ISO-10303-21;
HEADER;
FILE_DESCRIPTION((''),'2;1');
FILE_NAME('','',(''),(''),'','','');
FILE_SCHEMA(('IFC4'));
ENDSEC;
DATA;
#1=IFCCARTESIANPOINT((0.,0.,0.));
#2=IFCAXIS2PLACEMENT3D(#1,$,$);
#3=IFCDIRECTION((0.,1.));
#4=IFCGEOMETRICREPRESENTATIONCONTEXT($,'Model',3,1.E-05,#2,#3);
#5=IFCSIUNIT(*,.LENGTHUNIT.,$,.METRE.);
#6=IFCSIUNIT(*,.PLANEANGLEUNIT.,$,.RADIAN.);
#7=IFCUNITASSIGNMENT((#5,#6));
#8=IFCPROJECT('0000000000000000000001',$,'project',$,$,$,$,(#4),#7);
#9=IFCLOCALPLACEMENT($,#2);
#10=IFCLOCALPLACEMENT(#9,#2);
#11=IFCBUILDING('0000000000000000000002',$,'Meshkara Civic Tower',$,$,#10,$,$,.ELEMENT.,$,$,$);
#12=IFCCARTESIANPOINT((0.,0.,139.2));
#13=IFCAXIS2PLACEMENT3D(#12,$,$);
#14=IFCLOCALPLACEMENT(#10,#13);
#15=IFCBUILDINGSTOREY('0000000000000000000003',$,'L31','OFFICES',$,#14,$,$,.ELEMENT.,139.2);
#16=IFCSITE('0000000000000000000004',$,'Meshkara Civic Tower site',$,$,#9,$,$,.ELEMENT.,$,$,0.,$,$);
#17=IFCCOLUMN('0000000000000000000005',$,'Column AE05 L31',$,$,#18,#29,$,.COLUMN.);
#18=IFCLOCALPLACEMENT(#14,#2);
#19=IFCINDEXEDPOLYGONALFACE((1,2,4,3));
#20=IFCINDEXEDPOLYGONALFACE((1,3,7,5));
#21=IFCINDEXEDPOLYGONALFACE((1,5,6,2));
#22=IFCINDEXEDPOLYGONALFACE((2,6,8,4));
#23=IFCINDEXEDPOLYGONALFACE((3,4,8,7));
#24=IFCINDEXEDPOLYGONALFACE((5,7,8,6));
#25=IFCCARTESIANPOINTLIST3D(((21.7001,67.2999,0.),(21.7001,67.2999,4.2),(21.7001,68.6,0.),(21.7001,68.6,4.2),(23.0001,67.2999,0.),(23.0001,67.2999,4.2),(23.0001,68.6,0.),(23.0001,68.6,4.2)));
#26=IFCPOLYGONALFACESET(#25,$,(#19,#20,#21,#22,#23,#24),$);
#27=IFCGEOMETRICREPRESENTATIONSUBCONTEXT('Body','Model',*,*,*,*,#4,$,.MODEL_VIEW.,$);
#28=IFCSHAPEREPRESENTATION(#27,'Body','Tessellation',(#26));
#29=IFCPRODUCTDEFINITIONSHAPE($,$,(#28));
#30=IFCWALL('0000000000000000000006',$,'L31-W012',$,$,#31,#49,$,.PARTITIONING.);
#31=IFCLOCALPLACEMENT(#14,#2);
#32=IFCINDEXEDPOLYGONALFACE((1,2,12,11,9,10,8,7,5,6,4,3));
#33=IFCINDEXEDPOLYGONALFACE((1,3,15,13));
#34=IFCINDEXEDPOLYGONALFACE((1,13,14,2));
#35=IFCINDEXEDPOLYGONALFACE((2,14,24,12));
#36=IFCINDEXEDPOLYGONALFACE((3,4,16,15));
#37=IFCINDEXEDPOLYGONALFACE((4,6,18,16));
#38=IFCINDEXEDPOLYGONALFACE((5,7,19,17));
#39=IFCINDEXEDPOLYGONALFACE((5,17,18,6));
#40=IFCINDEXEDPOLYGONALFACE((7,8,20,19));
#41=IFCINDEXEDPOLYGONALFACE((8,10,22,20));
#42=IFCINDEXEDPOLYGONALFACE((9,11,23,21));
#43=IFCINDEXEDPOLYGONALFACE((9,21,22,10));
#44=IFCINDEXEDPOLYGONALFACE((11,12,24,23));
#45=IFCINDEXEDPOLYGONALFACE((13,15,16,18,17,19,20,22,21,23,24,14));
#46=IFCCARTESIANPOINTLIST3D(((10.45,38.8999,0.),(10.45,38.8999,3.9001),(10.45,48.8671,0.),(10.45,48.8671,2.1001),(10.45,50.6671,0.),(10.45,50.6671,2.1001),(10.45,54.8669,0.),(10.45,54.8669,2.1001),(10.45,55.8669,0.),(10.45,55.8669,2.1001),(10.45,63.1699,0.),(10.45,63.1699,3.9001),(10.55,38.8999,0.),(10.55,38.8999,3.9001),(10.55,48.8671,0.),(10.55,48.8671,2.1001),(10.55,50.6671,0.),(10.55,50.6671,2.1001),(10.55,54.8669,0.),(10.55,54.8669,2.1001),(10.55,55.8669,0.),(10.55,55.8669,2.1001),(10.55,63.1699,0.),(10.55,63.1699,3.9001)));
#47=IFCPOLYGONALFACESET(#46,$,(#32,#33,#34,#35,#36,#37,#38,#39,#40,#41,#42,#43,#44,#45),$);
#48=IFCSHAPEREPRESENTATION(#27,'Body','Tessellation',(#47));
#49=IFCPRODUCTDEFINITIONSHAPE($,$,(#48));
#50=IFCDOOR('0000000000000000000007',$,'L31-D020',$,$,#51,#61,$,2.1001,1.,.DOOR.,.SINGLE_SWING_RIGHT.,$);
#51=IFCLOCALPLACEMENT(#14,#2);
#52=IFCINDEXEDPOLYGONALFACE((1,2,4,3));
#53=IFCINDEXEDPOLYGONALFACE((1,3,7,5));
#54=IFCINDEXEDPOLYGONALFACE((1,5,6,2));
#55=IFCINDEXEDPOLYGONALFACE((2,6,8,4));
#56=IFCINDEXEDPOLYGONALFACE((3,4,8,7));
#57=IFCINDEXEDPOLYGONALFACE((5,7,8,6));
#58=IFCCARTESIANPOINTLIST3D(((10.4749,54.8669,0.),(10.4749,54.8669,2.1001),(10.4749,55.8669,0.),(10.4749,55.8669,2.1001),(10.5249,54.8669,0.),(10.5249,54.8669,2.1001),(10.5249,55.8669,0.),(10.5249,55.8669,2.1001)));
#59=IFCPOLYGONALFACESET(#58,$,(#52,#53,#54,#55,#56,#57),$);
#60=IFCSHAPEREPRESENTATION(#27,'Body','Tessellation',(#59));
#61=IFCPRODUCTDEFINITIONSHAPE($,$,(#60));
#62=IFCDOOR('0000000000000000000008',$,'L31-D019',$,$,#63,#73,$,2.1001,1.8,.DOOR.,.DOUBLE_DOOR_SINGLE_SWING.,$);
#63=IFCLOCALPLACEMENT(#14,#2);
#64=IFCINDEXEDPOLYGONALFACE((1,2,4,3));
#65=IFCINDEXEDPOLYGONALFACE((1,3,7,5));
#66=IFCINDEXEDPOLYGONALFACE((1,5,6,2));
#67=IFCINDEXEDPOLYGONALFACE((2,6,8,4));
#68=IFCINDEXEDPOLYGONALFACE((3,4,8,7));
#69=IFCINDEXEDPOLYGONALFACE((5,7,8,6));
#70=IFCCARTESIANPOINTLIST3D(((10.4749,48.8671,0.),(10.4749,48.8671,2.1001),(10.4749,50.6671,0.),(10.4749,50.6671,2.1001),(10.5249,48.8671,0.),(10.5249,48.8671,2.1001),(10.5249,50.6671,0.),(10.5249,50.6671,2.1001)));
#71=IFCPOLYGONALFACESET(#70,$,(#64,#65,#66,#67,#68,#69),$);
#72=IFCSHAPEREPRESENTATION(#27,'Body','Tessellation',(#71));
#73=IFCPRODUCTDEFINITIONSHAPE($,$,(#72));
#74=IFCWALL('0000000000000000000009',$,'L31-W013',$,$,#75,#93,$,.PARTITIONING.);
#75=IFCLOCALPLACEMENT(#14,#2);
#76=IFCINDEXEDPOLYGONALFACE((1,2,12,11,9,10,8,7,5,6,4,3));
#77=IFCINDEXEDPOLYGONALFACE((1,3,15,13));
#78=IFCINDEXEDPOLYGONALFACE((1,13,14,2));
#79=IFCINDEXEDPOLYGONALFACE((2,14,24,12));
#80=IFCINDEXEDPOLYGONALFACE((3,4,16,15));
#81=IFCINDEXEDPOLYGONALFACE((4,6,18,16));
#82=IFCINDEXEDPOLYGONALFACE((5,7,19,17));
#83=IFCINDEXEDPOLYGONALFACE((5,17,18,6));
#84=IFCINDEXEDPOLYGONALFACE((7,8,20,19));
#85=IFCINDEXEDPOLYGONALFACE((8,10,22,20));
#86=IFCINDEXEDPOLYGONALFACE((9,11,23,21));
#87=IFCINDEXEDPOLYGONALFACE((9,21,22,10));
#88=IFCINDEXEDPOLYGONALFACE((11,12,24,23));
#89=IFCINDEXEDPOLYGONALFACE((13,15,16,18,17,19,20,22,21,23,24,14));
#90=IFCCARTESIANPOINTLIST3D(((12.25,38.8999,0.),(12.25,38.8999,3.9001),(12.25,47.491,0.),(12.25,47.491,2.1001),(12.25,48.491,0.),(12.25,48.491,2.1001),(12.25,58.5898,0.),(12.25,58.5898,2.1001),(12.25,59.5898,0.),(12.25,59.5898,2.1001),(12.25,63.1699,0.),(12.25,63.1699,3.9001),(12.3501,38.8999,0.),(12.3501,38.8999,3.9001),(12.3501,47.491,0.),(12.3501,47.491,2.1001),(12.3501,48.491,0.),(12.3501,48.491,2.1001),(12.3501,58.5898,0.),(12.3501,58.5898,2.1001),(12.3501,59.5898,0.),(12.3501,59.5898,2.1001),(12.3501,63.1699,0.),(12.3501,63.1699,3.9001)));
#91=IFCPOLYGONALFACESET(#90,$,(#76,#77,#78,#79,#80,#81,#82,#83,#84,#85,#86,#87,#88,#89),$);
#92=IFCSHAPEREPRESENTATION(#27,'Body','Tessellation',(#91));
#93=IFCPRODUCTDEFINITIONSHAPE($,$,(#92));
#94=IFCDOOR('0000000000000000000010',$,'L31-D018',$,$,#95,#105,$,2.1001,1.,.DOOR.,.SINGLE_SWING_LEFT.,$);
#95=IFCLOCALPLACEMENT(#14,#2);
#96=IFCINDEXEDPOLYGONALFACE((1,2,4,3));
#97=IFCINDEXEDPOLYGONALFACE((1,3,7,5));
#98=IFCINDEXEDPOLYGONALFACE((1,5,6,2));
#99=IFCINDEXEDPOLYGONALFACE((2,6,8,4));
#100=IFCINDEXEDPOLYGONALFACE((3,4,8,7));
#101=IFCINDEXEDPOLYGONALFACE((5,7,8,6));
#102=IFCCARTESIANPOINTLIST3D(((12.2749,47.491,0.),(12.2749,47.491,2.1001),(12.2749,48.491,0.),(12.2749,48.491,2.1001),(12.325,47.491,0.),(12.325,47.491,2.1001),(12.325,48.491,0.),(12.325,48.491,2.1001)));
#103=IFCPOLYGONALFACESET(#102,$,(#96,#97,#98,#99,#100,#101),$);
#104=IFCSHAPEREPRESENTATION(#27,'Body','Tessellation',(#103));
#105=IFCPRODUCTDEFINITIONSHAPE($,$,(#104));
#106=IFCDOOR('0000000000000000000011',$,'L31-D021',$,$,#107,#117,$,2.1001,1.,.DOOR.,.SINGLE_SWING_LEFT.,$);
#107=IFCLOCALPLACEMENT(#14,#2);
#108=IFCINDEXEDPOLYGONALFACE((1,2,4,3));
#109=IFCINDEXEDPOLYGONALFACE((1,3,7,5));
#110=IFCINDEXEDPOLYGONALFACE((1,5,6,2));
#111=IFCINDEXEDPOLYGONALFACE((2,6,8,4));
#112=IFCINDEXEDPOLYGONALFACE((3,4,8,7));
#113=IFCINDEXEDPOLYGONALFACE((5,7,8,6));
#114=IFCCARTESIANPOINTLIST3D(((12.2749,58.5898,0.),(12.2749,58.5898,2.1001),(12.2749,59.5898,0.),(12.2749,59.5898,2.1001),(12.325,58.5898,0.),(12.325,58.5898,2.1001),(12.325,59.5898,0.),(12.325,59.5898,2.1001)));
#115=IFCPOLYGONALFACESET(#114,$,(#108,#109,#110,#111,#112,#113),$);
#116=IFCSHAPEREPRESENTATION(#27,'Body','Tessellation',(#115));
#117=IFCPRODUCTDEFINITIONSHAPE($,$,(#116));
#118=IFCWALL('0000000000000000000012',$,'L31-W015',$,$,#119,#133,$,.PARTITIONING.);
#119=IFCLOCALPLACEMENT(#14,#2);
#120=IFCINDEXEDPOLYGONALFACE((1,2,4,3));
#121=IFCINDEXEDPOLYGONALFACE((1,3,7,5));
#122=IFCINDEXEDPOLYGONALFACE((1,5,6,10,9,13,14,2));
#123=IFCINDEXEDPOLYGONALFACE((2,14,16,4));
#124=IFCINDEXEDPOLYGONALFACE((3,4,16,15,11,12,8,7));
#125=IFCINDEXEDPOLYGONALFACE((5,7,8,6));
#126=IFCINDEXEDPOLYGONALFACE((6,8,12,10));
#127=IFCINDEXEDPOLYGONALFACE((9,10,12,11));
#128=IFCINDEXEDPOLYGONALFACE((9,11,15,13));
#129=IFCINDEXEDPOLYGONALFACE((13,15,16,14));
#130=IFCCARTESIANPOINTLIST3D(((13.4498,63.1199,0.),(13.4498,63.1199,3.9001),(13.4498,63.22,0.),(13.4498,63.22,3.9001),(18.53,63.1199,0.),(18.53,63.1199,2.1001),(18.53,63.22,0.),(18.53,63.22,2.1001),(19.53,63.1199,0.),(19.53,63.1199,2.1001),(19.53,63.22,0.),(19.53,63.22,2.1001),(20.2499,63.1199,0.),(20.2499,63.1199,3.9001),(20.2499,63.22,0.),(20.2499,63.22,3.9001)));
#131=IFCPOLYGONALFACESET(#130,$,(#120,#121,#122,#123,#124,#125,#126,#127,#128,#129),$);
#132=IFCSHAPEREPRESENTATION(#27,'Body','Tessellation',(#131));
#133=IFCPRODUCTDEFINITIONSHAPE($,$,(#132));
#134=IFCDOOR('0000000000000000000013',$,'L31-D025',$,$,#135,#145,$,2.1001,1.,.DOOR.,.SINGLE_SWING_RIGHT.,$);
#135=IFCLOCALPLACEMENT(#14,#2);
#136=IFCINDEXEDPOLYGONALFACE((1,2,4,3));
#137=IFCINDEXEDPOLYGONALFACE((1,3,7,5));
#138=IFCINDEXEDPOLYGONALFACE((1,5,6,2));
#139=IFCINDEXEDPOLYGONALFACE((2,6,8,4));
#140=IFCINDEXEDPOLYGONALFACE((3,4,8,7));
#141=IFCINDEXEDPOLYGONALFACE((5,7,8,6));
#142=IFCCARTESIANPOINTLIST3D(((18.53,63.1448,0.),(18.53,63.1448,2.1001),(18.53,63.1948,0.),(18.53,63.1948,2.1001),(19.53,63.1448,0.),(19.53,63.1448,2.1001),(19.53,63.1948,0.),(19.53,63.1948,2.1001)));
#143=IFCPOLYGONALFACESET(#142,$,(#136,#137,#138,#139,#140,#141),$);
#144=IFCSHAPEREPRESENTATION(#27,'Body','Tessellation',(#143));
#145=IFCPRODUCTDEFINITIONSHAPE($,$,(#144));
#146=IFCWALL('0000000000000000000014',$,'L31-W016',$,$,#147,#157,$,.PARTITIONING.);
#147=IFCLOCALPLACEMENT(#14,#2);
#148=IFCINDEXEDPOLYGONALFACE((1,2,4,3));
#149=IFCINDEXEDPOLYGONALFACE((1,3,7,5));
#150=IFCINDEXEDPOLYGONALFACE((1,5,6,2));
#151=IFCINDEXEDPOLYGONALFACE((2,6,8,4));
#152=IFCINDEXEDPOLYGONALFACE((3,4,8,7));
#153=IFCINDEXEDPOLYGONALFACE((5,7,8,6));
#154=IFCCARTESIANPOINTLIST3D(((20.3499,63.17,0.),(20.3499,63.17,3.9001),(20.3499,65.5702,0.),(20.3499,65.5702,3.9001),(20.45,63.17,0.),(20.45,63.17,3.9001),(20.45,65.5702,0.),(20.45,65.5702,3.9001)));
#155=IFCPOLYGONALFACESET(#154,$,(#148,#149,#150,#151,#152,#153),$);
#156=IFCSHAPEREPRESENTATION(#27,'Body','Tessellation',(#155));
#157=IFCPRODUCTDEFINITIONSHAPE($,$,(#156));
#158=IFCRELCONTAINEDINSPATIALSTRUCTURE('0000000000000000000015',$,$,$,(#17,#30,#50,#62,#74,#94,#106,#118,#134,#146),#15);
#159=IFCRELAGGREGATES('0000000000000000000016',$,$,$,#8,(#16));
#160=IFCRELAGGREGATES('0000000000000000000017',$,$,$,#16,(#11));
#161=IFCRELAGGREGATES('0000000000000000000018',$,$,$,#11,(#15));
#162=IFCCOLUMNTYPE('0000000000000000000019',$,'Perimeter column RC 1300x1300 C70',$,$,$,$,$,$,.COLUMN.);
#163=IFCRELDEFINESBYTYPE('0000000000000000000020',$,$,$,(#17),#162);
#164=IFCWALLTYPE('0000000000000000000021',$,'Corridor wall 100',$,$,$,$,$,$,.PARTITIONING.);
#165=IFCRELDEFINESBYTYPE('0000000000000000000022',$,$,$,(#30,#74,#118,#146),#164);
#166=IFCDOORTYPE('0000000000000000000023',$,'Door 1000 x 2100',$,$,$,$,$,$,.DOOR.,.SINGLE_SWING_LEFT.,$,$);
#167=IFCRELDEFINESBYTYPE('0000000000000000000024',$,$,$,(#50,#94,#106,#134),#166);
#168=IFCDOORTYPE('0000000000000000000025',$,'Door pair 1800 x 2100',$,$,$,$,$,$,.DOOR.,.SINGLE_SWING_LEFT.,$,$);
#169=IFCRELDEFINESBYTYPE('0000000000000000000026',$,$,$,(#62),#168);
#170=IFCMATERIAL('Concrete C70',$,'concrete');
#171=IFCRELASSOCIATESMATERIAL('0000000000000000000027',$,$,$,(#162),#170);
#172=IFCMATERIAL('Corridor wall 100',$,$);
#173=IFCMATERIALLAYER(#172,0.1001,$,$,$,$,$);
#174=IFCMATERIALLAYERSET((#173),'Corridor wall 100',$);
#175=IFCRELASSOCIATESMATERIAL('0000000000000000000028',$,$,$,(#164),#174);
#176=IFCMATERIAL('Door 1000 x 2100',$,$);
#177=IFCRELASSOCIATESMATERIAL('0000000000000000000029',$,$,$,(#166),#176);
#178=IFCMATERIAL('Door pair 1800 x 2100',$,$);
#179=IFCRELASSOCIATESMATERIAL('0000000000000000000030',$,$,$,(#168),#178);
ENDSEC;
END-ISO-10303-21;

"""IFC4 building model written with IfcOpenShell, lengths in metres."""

from ifc_helpers import new_model, si_unit, direction, frame, frame_2d, origin, origin_2d, place, context, subcontext, project, spatial, rectangle, extrude, material, layer, layer_set, material_profile, profile_set, type_object, element, fill, save


model = new_model("IFC4")

# Units and contexts
model_context = context("Model", 3, precision=1e-05, world=origin(), true_north=direction((0.0, 1.0)))
body_context = subcontext(model_context, "Body", "Model", "MODEL_VIEW")
ifc_project = project(units=[si_unit("LENGTHUNIT", "METRE"), si_unit("PLANEANGLEUNIT", "RADIAN")], contexts=[model_context])

# Site, building, storey
site_placement = place(None, origin())
site = spatial("IfcSite", under=ifc_project, at=site_placement, Name="Meshkara Civic Tower site", CompositionType="ELEMENT", RefElevation=0.0)
building_placement = place(site_placement, origin())
building = spatial("IfcBuilding", under=site, at=building_placement, Name="Meshkara Civic Tower", CompositionType="ELEMENT")
storey_placement = place(building_placement, frame((0.0, 0.0, 139.2)))
storey = spatial("IfcBuildingStorey", under=building, at=storey_placement, Name="L31", Description="OFFICES", CompositionType="ELEMENT", Elevation=139.2)

# Column
ifc_material_1 = material(Name="Concrete C70", Category="concrete")
ifc_material_profile = material_profile(ifc_material_1, rectangle(XDim=1.3, YDim=1.3, at=origin_2d()))
ifc_profile_set = profile_set([ifc_material_profile], Name="Concrete C70")
column_type = type_object("IfcColumnType", Name="Perimeter column RC 1300x1300 C70", PredefinedType="COLUMN", material=ifc_profile_set)
column_placement = place(storey_placement, frame((22.3501, 67.95, 0.0), z_axis=(0.0, 0.0, 1.0), x_axis=(1.0, 0.0, 0.0)))
element("IfcColumn", 1, at=column_placement, inside=storey, type_object=column_type, Name="Column AE05 L31", PredefinedType="COLUMN", context=body_context, shape_type="SweptSolid", body=[
    extrude(rectangle(XDim=1.3, YDim=1.3, at=origin_2d()), origin(), (0.0, 0.0, 1.0), 4.2),
])

# Walls, openings, doors
ifc_material_2 = material(Name="Corridor wall 100")
ifc_layer_1 = layer(ifc_material_2, 0.1001)
ifc_layer_set_1 = layer_set([ifc_layer_1], Name="Corridor wall 100")
wall_type_1 = type_object("IfcWallType", Name="Corridor wall 100", PredefinedType="PARTITIONING", material=ifc_layer_set_1)
wall_1_placement = place(storey_placement, frame((10.5, 63.1699, 0.0), z_axis=(0.0, 0.0, 1.0), x_axis=(0.0, -1.0, 0.0)))
wall_1 = element("IfcWall", 2, at=wall_1_placement, inside=storey, type_object=wall_type_1, Name="L31-W012", PredefinedType="PARTITIONING", context=body_context, shape_type="SweptSolid", body=[
    extrude(rectangle(XDim=24.27, YDim=0.1001, at=frame_2d((12.135, 0.0))), origin(), (0.0, 0.0, 1.0), 3.9001),
])
opening_1_placement = place(wall_1_placement, frame((12.5029, 0.0, 0.0)))
opening_1 = element("IfcOpeningElement", 3, at=opening_1_placement, cuts=wall_1, PredefinedType="OPENING", context=body_context, shape_type="SweptSolid", body=[
    extrude(rectangle(XDim=1.8, YDim=2.1001, at=frame_2d((0.8999, 1.05))), frame((0.0, 0.0601, 0.0), z_axis=(0.0, -1.0, 0.0), x_axis=(1.0, 0.0, 0.0)), (0.0, 0.0, 1.0), 0.1201),
])
opening_2_placement = place(wall_1_placement, frame((7.303, 0.0, 0.0)))
opening_2 = element("IfcOpeningElement", 4, at=opening_2_placement, cuts=wall_1, PredefinedType="OPENING", context=body_context, shape_type="SweptSolid", body=[
    extrude(rectangle(XDim=1.0, YDim=2.1001, at=frame_2d((0.5, 1.05))), frame((0.0, 0.0601, 0.0), z_axis=(0.0, -1.0, 0.0), x_axis=(1.0, 0.0, 0.0)), (0.0, 0.0, 1.0), 0.1201),
])
ifc_material_3 = material(Name="Door 1000 x 2100")
door_type_1 = type_object("IfcDoorType", Name="Door 1000 x 2100", OperationType="SINGLE_SWING_LEFT", PredefinedType="DOOR", material=ifc_material_3)
door_1_placement = place(opening_2_placement, origin())
door_1 = element("IfcDoor", 5, at=door_1_placement, inside=storey, type_object=door_type_1, Name="L31-D020", OperationType="SINGLE_SWING_RIGHT", OverallHeight=2.1001, OverallWidth=1.0, PredefinedType="DOOR", context=body_context, shape_type="SweptSolid", body=[
    extrude(rectangle(XDim=1.0, YDim=2.1001, at=frame_2d((0.5, 1.05))), frame((0.0, 0.0249, 0.0), z_axis=(0.0, -1.0, 0.0), x_axis=(1.0, 0.0, 0.0)), (0.0, 0.0, 1.0), 0.05),
])
fill(opening_2, door_1)
ifc_material_4 = material(Name="Door pair 1800 x 2100")
door_type_2 = type_object("IfcDoorType", Name="Door pair 1800 x 2100", OperationType="SINGLE_SWING_LEFT", PredefinedType="DOOR", material=ifc_material_4)
door_2_placement = place(opening_1_placement, origin())
door_2 = element("IfcDoor", 6, at=door_2_placement, inside=storey, type_object=door_type_2, Name="L31-D019", OperationType="DOUBLE_DOOR_SINGLE_SWING", OverallHeight=2.1001, OverallWidth=1.8, PredefinedType="DOOR", context=body_context, shape_type="SweptSolid", body=[
    extrude(rectangle(XDim=1.8, YDim=2.1001, at=frame_2d((0.8999, 1.05))), frame((0.0, 0.0249, 0.0), z_axis=(0.0, -1.0, 0.0), x_axis=(1.0, 0.0, 0.0)), (0.0, 0.0, 1.0), 0.05),
])
fill(opening_1, door_2)
wall_2_placement = place(storey_placement, frame((12.3, 63.1699, 0.0), z_axis=(0.0, 0.0, 1.0), x_axis=(0.0, -1.0, 0.0)))
wall_2 = element("IfcWall", 7, at=wall_2_placement, inside=storey, type_object=wall_type_1, Name="L31-W013", PredefinedType="PARTITIONING", context=body_context, shape_type="SweptSolid", body=[
    extrude(rectangle(XDim=24.27, YDim=0.1001, at=frame_2d((12.135, 0.0))), origin(), (0.0, 0.0, 1.0), 3.9001),
])
opening_3_placement = place(wall_2_placement, frame((14.679, 0.0, 0.0)))
opening_3 = element("IfcOpeningElement", 8, at=opening_3_placement, cuts=wall_2, PredefinedType="OPENING", context=body_context, shape_type="SweptSolid", body=[
    extrude(rectangle(XDim=1.0, YDim=2.1001, at=frame_2d((0.5, 1.05))), frame((0.0, 0.0601, 0.0), z_axis=(0.0, -1.0, 0.0), x_axis=(1.0, 0.0, 0.0)), (0.0, 0.0, 1.0), 0.1201),
])
opening_4_placement = place(wall_2_placement, frame((3.5801, 0.0, 0.0)))
opening_4 = element("IfcOpeningElement", 9, at=opening_4_placement, cuts=wall_2, PredefinedType="OPENING", context=body_context, shape_type="SweptSolid", body=[
    extrude(rectangle(XDim=1.0, YDim=2.1001, at=frame_2d((0.5, 1.05))), frame((0.0, 0.0601, 0.0), z_axis=(0.0, -1.0, 0.0), x_axis=(1.0, 0.0, 0.0)), (0.0, 0.0, 1.0), 0.1201),
])
door_3_placement = place(opening_3_placement, origin())
door_3 = element("IfcDoor", 10, at=door_3_placement, inside=storey, type_object=door_type_1, Name="L31-D018", OperationType="SINGLE_SWING_LEFT", OverallHeight=2.1001, OverallWidth=1.0, PredefinedType="DOOR", context=body_context, shape_type="SweptSolid", body=[
    extrude(rectangle(XDim=1.0, YDim=2.1001, at=frame_2d((0.5, 1.05))), frame((0.0, 0.0249, 0.0), z_axis=(0.0, -1.0, 0.0), x_axis=(1.0, 0.0, 0.0)), (0.0, 0.0, 1.0), 0.05),
])
fill(opening_3, door_3)
door_4_placement = place(opening_4_placement, origin())
door_4 = element("IfcDoor", 11, at=door_4_placement, inside=storey, type_object=door_type_1, Name="L31-D021", OperationType="SINGLE_SWING_LEFT", OverallHeight=2.1001, OverallWidth=1.0, PredefinedType="DOOR", context=body_context, shape_type="SweptSolid", body=[
    extrude(rectangle(XDim=1.0, YDim=2.1001, at=frame_2d((0.5, 1.05))), frame((0.0, 0.0249, 0.0), z_axis=(0.0, -1.0, 0.0), x_axis=(1.0, 0.0, 0.0)), (0.0, 0.0, 1.0), 0.05),
])
fill(opening_4, door_4)

# Wall, opening, door
wall_3_placement = place(storey_placement, frame((13.45, 63.1699, 0.0), z_axis=(0.0, 0.0, 1.0), x_axis=(1.0, 0.0, 0.0)))
wall_3 = element("IfcWall", 12, at=wall_3_placement, inside=storey, type_object=wall_type_1, Name="L31-W015", PredefinedType="PARTITIONING", context=body_context, shape_type="SweptSolid", body=[
    extrude(rectangle(XDim=6.8, YDim=0.1001, at=frame_2d((3.3999, 0.0))), origin(), (0.0, 0.0, 1.0), 3.9001),
])
opening_5_placement = place(wall_3_placement, frame((5.0801, 0.0, 0.0)))
opening_5 = element("IfcOpeningElement", 13, at=opening_5_placement, cuts=wall_3, PredefinedType="OPENING", context=body_context, shape_type="SweptSolid", body=[
    extrude(rectangle(XDim=1.0, YDim=2.1001, at=frame_2d((0.5, 1.05))), frame((0.0, 0.0601, 0.0), z_axis=(0.0, -1.0, 0.0), x_axis=(1.0, 0.0, 0.0)), (0.0, 0.0, 1.0), 0.1201),
])
door_5_placement = place(opening_5_placement, origin())
door_5 = element("IfcDoor", 14, at=door_5_placement, inside=storey, type_object=door_type_1, Name="L31-D025", OperationType="SINGLE_SWING_RIGHT", OverallHeight=2.1001, OverallWidth=1.0, PredefinedType="DOOR", context=body_context, shape_type="SweptSolid", body=[
    extrude(rectangle(XDim=1.0, YDim=2.1001, at=frame_2d((0.5, 1.05))), frame((0.0, 0.0249, 0.0), z_axis=(0.0, -1.0, 0.0), x_axis=(1.0, 0.0, 0.0)), (0.0, 0.0, 1.0), 0.05),
])
fill(opening_5, door_5)

# Wall
wall_4_placement = place(storey_placement, frame((20.3999, 63.1699, 0.0), z_axis=(0.0, 0.0, 1.0), x_axis=(0.0, 1.0, 0.0)))
element("IfcWall", 15, at=wall_4_placement, inside=storey, type_object=wall_type_1, Name="L31-W016", PredefinedType="PARTITIONING", context=body_context, shape_type="SweptSolid", body=[
    extrude(rectangle(XDim=2.4001, YDim=0.1001, at=frame_2d((1.2002, 0.0))), origin(), (0.0, 0.0, 1.0), 3.9001),
])

save(model, "model.ifc")
